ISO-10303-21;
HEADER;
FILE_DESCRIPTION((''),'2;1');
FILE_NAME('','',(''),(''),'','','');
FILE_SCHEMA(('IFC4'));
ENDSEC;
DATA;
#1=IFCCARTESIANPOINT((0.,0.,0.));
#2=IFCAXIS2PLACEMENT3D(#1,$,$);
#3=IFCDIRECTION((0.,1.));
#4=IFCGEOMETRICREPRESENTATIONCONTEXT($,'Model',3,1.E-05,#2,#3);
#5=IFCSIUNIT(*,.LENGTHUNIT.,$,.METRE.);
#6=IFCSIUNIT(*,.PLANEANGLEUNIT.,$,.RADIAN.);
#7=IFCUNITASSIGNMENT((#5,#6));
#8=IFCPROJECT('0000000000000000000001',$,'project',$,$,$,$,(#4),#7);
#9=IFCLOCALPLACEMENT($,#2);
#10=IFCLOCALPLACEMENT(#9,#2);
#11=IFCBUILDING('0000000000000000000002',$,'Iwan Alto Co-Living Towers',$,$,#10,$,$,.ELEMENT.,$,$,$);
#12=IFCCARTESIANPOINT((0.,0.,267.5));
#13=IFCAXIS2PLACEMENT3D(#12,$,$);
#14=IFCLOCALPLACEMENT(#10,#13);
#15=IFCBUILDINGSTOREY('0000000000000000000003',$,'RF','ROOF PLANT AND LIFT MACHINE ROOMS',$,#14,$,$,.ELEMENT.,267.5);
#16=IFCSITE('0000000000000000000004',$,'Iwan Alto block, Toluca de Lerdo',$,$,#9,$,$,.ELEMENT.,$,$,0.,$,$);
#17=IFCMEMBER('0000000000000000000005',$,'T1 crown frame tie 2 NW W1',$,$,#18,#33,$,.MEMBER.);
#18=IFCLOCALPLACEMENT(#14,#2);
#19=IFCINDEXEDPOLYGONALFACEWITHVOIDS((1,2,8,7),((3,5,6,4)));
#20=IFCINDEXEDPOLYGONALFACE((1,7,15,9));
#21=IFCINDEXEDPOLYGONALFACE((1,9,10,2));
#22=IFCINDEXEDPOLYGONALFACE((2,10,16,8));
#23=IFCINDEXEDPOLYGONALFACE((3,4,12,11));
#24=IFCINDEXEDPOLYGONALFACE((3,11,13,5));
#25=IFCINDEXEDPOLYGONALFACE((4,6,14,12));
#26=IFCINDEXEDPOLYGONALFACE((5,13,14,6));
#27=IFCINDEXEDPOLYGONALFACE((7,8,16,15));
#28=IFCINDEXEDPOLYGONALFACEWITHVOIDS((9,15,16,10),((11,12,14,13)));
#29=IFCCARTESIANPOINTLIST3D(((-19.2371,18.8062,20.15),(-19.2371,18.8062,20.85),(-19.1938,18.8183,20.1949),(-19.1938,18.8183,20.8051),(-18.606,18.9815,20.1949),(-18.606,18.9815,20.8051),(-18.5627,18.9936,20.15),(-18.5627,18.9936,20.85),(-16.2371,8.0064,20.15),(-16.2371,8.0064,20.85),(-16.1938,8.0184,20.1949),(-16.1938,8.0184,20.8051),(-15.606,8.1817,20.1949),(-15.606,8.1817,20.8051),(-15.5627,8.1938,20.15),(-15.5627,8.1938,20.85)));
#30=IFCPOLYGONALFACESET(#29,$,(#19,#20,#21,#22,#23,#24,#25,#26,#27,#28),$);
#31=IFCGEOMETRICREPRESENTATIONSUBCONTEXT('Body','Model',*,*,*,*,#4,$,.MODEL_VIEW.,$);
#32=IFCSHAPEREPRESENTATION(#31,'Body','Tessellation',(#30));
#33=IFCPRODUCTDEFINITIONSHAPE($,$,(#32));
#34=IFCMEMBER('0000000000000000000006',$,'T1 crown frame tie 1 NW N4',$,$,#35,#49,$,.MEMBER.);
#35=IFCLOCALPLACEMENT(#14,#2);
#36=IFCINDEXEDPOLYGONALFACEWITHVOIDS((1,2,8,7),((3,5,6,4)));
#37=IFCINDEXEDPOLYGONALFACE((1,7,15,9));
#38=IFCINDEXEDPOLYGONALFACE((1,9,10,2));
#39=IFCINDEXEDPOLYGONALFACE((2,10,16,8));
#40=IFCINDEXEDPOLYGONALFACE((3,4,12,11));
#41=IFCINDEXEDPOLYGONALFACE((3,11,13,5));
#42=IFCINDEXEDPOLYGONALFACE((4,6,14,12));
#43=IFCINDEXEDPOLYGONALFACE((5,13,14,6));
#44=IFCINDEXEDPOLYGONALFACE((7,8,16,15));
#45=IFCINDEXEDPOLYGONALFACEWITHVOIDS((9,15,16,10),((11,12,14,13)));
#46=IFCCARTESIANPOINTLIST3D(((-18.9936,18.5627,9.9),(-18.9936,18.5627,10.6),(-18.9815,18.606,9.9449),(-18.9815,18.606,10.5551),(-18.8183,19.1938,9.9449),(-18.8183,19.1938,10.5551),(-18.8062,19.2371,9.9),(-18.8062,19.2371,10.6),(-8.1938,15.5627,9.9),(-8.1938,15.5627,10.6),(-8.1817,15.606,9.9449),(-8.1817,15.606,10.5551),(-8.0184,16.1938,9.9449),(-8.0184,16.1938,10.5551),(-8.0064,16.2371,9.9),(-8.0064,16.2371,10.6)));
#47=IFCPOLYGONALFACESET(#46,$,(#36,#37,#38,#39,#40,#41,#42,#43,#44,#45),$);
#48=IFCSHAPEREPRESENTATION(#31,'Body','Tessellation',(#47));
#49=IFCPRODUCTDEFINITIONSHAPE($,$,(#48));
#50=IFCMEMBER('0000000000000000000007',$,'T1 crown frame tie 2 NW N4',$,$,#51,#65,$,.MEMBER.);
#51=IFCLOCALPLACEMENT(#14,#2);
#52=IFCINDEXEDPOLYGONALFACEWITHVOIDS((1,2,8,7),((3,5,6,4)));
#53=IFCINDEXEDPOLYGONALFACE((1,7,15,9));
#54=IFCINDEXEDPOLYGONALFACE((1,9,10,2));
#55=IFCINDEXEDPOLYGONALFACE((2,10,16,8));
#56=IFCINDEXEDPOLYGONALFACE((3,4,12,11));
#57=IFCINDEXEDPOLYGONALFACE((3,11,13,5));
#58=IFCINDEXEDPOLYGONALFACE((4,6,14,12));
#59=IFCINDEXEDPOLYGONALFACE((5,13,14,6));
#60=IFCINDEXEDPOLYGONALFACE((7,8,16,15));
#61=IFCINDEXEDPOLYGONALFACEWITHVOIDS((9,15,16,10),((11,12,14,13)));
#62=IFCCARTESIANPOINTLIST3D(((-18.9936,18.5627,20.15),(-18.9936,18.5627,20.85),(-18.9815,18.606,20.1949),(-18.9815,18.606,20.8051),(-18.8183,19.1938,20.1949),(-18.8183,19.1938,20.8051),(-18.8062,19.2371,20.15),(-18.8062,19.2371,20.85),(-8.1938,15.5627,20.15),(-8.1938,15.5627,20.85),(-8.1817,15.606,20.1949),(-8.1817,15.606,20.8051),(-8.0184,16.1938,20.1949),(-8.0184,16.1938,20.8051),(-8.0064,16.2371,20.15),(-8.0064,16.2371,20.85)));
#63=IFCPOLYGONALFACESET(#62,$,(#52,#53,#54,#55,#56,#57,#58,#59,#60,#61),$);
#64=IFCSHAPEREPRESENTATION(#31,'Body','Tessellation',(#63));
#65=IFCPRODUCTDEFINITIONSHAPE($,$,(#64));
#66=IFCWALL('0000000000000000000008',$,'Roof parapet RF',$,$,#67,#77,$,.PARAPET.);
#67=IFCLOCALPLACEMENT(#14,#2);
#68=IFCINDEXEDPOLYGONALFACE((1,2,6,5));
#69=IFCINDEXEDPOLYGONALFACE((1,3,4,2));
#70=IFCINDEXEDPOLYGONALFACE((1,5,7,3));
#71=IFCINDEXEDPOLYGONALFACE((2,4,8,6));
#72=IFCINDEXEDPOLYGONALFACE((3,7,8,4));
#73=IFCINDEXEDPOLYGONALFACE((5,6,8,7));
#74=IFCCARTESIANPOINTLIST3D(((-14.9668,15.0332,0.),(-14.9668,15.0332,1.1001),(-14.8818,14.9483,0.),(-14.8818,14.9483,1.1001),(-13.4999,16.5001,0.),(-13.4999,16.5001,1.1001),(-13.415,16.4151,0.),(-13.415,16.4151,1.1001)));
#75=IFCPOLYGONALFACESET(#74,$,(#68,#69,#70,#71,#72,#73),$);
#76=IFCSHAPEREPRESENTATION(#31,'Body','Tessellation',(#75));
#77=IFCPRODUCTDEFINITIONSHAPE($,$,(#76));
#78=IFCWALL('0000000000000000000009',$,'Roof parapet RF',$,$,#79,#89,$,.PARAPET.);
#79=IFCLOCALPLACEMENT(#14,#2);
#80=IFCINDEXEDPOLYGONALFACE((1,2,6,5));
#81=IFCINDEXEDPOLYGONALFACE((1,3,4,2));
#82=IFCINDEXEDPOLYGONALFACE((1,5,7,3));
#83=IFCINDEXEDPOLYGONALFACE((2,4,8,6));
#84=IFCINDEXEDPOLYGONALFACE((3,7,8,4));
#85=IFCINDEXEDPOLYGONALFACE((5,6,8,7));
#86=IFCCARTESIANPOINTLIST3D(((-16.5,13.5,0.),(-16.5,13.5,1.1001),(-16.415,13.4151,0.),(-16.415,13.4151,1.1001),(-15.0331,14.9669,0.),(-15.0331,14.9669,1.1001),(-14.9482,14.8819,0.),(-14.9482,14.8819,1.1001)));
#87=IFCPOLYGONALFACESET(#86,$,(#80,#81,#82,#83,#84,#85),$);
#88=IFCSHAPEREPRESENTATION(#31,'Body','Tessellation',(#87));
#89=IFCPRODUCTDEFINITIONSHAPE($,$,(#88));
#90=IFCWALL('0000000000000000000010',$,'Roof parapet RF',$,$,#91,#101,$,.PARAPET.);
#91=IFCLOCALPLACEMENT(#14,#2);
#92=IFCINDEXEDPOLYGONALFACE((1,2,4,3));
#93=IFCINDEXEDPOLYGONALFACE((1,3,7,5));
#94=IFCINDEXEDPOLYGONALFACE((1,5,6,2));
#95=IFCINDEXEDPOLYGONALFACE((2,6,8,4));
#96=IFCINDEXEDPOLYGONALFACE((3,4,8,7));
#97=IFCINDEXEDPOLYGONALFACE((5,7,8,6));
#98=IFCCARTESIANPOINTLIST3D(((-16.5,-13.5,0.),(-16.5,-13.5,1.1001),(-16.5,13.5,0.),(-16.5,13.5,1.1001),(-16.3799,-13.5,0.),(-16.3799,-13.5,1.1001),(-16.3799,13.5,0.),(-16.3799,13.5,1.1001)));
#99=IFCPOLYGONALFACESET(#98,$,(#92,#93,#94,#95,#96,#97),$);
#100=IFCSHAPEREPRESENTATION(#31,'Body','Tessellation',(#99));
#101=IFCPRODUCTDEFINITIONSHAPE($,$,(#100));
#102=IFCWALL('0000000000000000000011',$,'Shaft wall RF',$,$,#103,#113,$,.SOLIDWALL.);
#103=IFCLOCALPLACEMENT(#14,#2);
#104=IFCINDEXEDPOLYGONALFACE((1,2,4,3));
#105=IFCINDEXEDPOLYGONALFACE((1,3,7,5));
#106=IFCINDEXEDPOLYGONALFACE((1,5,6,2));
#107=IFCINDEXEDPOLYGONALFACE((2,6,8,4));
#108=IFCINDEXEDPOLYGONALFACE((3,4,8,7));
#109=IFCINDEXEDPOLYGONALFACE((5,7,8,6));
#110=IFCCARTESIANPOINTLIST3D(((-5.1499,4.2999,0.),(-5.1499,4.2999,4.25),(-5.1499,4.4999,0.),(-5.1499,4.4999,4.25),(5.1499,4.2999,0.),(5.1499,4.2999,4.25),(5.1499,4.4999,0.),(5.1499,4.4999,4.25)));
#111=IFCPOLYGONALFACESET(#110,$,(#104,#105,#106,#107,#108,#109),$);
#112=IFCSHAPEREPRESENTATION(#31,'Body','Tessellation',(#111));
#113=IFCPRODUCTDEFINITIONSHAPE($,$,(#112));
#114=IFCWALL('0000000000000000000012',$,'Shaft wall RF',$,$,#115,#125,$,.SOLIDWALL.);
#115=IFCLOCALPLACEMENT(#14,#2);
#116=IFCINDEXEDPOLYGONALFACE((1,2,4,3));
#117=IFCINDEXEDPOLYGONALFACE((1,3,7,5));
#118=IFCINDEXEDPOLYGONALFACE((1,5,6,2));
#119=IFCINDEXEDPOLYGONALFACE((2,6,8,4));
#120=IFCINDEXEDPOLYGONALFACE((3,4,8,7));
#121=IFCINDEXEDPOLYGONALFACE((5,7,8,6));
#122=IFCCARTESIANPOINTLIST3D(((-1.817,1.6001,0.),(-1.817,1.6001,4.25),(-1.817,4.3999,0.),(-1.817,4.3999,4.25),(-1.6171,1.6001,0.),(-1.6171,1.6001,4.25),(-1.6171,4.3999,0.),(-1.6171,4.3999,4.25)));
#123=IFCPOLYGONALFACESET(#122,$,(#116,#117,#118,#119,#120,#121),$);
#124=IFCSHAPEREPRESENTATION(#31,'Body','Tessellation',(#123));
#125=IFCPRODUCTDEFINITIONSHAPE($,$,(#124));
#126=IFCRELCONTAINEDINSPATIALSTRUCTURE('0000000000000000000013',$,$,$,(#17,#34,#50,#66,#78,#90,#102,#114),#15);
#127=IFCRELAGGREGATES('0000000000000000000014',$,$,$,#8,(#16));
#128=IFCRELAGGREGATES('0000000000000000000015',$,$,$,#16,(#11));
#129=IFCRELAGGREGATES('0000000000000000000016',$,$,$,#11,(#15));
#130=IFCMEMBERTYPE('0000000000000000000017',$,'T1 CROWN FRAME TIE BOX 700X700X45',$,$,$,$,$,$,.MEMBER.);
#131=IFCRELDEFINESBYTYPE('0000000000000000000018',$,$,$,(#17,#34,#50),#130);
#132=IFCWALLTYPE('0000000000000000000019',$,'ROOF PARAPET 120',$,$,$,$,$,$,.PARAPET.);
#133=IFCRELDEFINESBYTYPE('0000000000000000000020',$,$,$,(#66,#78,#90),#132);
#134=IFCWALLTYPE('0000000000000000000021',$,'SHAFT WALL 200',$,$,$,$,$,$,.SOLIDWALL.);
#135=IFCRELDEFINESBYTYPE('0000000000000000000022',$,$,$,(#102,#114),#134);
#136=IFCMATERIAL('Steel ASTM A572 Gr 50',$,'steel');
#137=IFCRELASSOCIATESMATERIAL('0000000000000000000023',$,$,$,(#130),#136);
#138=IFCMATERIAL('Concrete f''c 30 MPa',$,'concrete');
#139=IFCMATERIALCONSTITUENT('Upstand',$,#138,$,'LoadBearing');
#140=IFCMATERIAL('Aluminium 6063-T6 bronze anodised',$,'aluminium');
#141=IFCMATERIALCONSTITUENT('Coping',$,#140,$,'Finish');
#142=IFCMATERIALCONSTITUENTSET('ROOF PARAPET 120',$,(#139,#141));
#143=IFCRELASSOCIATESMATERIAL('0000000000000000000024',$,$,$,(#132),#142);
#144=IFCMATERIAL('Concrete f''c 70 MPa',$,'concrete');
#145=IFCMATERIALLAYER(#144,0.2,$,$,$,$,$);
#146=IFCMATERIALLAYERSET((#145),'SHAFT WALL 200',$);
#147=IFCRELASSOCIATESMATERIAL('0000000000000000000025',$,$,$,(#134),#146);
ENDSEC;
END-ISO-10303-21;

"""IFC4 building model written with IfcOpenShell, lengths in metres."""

from ifc_helpers import new_model, si_unit, direction, frame, frame_2d, origin, origin_2d, place, context, subcontext, project, spatial, rectangle, hollow_rectangle, extrude, material, layer, layer_set, constituent, constituent_set, material_profile, profile_set, type_object, element, save


model = new_model("IFC4")

# Units and contexts
model_context = context("Model", 3, precision=1e-05, world=origin(), true_north=direction((0.0, 1.0)))
body_context = subcontext(model_context, "Body", "Model", "MODEL_VIEW")
ifc_project = project(units=[si_unit("LENGTHUNIT", "METRE"), si_unit("PLANEANGLEUNIT", "RADIAN")], contexts=[model_context])

# Site, building, storey
site_placement = place(None, origin())
site = spatial("IfcSite", under=ifc_project, at=site_placement, Name="Iwan Alto block, Toluca de Lerdo", CompositionType="ELEMENT", RefElevation=0.0)
building_placement = place(site_placement, origin())
building = spatial("IfcBuilding", under=site, at=building_placement, Name="Iwan Alto Co-Living Towers", CompositionType="ELEMENT")
storey_placement = place(building_placement, frame((0.0, 0.0, 267.5)))
storey = spatial("IfcBuildingStorey", under=building, at=storey_placement, Name="RF", Description="ROOF PLANT AND LIFT MACHINE ROOMS", CompositionType="ELEMENT", Elevation=267.5)

# Members
ifc_material_1 = material(Name="Steel ASTM A572 Gr 50", Category="steel")
ifc_material_profile_1 = material_profile(ifc_material_1, hollow_rectangle(XDim=0.7, YDim=0.7, WallThickness=0.0449, at=origin_2d()), Name="BOX 700X700X45")
ifc_profile_set_1 = profile_set([ifc_material_profile_1], Name="Steel ASTM A572 Gr 50")
member_type_1 = type_object("IfcMemberType", Name="T1 CROWN FRAME TIE BOX 700X700X45", PredefinedType="MEMBER", material=ifc_profile_set_1)
for number, where, z_axis, x_axis, name in (
    (1, (-18.8999, 18.8999, 20.5), (0.267648, -0.963517, 0.0), (0.963517, 0.267648, 0.0), "T1 crown frame tie 2 NW W1"),
    (2, (-18.8999, 18.8999, 10.25), (0.963517, -0.267648, 0.0), (0.267648, 0.963517, 0.0), "T1 crown frame tie 1 NW N4"),
    (3, (-18.8999, 18.8999, 20.5), (0.963517, -0.267648, 0.0), (0.267648, 0.963517, 0.0), "T1 crown frame tie 2 NW N4"),
):
    element("IfcMember", number, at=place(storey_placement, frame(where, z_axis=z_axis, x_axis=x_axis)), inside=storey, type_object=member_type_1, Name=name, PredefinedType="MEMBER", context=body_context, shape_type="SweptSolid", body=[
        extrude(hollow_rectangle(XDim=0.7, YDim=0.7, WallThickness=0.0449, at=origin_2d()), origin(), (0.0, 0.0, 1.0), 11.2087),
    ])

# Walls
ifc_material_2 = material(Name="Concrete f'c 30 MPa", Category="concrete")
ifc_constituent_1 = constituent(ifc_material_2, Name="Upstand", Category="LoadBearing")
ifc_material_3 = material(Name="Aluminium 6063-T6 bronze anodised", Category="aluminium")
ifc_constituent_2 = constituent(ifc_material_3, Name="Coping", Category="Finish")
ifc_constituent_set_1 = constituent_set(constituents=[ifc_constituent_1, ifc_constituent_2], Name="ROOF PARAPET 120")
wall_type_1 = type_object("IfcWallType", Name="ROOF PARAPET 120", PredefinedType="PARAPET", material=ifc_constituent_set_1)
for number, where, z_axis, x_axis, name in (
    (4, (-13.4575, 16.4575, 0.0), (0.0, 0.0, 1.0), (-0.707107, -0.707107, 0.0), "Roof parapet RF"),
    (5, (-14.9907, 14.9243, 0.0), (0.0, 0.0, 1.0), (-0.707107, -0.707107, 0.0), "Roof parapet RF"),
):
    element("IfcWall", number, at=place(storey_placement, frame(where, z_axis=z_axis, x_axis=x_axis)), inside=storey, type_object=wall_type_1, Name=name, PredefinedType="PARAPET", context=body_context, shape_type="SweptSolid", body=[
        extrude(rectangle(XDim=2.0745, YDim=0.1201, at=frame_2d((1.0371, 0.0))), origin(), (0.0, 0.0, 1.0), 1.1001),
    ])
wall_1_placement = place(storey_placement, frame((-16.4399, 13.5, 0.0), z_axis=(0.0, 0.0, 1.0), x_axis=(0.0, -1.0, 0.0)))
element("IfcWall", 6, at=wall_1_placement, inside=storey, type_object=wall_type_1, Name="Roof parapet RF", PredefinedType="PARAPET", context=body_context, shape_type="SweptSolid", body=[
    extrude(rectangle(XDim=27.0, YDim=0.1201, at=frame_2d((13.5, 0.0))), origin(), (0.0, 0.0, 1.0), 1.1001),
])
ifc_material_4 = material(Name="Concrete f'c 70 MPa", Category="concrete")
ifc_layer = layer(ifc_material_4, 0.2)
ifc_layer_set = layer_set([ifc_layer], Name="SHAFT WALL 200")
wall_type_2 = type_object("IfcWallType", Name="SHAFT WALL 200", PredefinedType="SOLIDWALL", material=ifc_layer_set)
wall_2_placement = place(storey_placement, frame((-5.1499, 4.3999, 0.0), z_axis=(0.0, 0.0, 1.0), x_axis=(1.0, 0.0, 0.0)))
element("IfcWall", 7, at=wall_2_placement, inside=storey, type_object=wall_type_2, Name="Shaft wall RF", PredefinedType="SOLIDWALL", context=body_context, shape_type="SweptSolid", body=[
    extrude(rectangle(XDim=10.2998, YDim=0.2, at=frame_2d((5.1499, 0.0))), origin(), (0.0, 0.0, 1.0), 4.25),
])
wall_3_placement = place(storey_placement, frame((-1.717, 1.6001, 0.0), z_axis=(0.0, 0.0, 1.0), x_axis=(0.0, 1.0, 0.0)))
element("IfcWall", 8, at=wall_3_placement, inside=storey, type_object=wall_type_2, Name="Shaft wall RF", PredefinedType="SOLIDWALL", context=body_context, shape_type="SweptSolid", body=[
    extrude(rectangle(XDim=2.7998, YDim=0.2, at=frame_2d((1.3999, 0.0))), origin(), (0.0, 0.0, 1.0), 4.25),
])

save(model, "model.ifc")
